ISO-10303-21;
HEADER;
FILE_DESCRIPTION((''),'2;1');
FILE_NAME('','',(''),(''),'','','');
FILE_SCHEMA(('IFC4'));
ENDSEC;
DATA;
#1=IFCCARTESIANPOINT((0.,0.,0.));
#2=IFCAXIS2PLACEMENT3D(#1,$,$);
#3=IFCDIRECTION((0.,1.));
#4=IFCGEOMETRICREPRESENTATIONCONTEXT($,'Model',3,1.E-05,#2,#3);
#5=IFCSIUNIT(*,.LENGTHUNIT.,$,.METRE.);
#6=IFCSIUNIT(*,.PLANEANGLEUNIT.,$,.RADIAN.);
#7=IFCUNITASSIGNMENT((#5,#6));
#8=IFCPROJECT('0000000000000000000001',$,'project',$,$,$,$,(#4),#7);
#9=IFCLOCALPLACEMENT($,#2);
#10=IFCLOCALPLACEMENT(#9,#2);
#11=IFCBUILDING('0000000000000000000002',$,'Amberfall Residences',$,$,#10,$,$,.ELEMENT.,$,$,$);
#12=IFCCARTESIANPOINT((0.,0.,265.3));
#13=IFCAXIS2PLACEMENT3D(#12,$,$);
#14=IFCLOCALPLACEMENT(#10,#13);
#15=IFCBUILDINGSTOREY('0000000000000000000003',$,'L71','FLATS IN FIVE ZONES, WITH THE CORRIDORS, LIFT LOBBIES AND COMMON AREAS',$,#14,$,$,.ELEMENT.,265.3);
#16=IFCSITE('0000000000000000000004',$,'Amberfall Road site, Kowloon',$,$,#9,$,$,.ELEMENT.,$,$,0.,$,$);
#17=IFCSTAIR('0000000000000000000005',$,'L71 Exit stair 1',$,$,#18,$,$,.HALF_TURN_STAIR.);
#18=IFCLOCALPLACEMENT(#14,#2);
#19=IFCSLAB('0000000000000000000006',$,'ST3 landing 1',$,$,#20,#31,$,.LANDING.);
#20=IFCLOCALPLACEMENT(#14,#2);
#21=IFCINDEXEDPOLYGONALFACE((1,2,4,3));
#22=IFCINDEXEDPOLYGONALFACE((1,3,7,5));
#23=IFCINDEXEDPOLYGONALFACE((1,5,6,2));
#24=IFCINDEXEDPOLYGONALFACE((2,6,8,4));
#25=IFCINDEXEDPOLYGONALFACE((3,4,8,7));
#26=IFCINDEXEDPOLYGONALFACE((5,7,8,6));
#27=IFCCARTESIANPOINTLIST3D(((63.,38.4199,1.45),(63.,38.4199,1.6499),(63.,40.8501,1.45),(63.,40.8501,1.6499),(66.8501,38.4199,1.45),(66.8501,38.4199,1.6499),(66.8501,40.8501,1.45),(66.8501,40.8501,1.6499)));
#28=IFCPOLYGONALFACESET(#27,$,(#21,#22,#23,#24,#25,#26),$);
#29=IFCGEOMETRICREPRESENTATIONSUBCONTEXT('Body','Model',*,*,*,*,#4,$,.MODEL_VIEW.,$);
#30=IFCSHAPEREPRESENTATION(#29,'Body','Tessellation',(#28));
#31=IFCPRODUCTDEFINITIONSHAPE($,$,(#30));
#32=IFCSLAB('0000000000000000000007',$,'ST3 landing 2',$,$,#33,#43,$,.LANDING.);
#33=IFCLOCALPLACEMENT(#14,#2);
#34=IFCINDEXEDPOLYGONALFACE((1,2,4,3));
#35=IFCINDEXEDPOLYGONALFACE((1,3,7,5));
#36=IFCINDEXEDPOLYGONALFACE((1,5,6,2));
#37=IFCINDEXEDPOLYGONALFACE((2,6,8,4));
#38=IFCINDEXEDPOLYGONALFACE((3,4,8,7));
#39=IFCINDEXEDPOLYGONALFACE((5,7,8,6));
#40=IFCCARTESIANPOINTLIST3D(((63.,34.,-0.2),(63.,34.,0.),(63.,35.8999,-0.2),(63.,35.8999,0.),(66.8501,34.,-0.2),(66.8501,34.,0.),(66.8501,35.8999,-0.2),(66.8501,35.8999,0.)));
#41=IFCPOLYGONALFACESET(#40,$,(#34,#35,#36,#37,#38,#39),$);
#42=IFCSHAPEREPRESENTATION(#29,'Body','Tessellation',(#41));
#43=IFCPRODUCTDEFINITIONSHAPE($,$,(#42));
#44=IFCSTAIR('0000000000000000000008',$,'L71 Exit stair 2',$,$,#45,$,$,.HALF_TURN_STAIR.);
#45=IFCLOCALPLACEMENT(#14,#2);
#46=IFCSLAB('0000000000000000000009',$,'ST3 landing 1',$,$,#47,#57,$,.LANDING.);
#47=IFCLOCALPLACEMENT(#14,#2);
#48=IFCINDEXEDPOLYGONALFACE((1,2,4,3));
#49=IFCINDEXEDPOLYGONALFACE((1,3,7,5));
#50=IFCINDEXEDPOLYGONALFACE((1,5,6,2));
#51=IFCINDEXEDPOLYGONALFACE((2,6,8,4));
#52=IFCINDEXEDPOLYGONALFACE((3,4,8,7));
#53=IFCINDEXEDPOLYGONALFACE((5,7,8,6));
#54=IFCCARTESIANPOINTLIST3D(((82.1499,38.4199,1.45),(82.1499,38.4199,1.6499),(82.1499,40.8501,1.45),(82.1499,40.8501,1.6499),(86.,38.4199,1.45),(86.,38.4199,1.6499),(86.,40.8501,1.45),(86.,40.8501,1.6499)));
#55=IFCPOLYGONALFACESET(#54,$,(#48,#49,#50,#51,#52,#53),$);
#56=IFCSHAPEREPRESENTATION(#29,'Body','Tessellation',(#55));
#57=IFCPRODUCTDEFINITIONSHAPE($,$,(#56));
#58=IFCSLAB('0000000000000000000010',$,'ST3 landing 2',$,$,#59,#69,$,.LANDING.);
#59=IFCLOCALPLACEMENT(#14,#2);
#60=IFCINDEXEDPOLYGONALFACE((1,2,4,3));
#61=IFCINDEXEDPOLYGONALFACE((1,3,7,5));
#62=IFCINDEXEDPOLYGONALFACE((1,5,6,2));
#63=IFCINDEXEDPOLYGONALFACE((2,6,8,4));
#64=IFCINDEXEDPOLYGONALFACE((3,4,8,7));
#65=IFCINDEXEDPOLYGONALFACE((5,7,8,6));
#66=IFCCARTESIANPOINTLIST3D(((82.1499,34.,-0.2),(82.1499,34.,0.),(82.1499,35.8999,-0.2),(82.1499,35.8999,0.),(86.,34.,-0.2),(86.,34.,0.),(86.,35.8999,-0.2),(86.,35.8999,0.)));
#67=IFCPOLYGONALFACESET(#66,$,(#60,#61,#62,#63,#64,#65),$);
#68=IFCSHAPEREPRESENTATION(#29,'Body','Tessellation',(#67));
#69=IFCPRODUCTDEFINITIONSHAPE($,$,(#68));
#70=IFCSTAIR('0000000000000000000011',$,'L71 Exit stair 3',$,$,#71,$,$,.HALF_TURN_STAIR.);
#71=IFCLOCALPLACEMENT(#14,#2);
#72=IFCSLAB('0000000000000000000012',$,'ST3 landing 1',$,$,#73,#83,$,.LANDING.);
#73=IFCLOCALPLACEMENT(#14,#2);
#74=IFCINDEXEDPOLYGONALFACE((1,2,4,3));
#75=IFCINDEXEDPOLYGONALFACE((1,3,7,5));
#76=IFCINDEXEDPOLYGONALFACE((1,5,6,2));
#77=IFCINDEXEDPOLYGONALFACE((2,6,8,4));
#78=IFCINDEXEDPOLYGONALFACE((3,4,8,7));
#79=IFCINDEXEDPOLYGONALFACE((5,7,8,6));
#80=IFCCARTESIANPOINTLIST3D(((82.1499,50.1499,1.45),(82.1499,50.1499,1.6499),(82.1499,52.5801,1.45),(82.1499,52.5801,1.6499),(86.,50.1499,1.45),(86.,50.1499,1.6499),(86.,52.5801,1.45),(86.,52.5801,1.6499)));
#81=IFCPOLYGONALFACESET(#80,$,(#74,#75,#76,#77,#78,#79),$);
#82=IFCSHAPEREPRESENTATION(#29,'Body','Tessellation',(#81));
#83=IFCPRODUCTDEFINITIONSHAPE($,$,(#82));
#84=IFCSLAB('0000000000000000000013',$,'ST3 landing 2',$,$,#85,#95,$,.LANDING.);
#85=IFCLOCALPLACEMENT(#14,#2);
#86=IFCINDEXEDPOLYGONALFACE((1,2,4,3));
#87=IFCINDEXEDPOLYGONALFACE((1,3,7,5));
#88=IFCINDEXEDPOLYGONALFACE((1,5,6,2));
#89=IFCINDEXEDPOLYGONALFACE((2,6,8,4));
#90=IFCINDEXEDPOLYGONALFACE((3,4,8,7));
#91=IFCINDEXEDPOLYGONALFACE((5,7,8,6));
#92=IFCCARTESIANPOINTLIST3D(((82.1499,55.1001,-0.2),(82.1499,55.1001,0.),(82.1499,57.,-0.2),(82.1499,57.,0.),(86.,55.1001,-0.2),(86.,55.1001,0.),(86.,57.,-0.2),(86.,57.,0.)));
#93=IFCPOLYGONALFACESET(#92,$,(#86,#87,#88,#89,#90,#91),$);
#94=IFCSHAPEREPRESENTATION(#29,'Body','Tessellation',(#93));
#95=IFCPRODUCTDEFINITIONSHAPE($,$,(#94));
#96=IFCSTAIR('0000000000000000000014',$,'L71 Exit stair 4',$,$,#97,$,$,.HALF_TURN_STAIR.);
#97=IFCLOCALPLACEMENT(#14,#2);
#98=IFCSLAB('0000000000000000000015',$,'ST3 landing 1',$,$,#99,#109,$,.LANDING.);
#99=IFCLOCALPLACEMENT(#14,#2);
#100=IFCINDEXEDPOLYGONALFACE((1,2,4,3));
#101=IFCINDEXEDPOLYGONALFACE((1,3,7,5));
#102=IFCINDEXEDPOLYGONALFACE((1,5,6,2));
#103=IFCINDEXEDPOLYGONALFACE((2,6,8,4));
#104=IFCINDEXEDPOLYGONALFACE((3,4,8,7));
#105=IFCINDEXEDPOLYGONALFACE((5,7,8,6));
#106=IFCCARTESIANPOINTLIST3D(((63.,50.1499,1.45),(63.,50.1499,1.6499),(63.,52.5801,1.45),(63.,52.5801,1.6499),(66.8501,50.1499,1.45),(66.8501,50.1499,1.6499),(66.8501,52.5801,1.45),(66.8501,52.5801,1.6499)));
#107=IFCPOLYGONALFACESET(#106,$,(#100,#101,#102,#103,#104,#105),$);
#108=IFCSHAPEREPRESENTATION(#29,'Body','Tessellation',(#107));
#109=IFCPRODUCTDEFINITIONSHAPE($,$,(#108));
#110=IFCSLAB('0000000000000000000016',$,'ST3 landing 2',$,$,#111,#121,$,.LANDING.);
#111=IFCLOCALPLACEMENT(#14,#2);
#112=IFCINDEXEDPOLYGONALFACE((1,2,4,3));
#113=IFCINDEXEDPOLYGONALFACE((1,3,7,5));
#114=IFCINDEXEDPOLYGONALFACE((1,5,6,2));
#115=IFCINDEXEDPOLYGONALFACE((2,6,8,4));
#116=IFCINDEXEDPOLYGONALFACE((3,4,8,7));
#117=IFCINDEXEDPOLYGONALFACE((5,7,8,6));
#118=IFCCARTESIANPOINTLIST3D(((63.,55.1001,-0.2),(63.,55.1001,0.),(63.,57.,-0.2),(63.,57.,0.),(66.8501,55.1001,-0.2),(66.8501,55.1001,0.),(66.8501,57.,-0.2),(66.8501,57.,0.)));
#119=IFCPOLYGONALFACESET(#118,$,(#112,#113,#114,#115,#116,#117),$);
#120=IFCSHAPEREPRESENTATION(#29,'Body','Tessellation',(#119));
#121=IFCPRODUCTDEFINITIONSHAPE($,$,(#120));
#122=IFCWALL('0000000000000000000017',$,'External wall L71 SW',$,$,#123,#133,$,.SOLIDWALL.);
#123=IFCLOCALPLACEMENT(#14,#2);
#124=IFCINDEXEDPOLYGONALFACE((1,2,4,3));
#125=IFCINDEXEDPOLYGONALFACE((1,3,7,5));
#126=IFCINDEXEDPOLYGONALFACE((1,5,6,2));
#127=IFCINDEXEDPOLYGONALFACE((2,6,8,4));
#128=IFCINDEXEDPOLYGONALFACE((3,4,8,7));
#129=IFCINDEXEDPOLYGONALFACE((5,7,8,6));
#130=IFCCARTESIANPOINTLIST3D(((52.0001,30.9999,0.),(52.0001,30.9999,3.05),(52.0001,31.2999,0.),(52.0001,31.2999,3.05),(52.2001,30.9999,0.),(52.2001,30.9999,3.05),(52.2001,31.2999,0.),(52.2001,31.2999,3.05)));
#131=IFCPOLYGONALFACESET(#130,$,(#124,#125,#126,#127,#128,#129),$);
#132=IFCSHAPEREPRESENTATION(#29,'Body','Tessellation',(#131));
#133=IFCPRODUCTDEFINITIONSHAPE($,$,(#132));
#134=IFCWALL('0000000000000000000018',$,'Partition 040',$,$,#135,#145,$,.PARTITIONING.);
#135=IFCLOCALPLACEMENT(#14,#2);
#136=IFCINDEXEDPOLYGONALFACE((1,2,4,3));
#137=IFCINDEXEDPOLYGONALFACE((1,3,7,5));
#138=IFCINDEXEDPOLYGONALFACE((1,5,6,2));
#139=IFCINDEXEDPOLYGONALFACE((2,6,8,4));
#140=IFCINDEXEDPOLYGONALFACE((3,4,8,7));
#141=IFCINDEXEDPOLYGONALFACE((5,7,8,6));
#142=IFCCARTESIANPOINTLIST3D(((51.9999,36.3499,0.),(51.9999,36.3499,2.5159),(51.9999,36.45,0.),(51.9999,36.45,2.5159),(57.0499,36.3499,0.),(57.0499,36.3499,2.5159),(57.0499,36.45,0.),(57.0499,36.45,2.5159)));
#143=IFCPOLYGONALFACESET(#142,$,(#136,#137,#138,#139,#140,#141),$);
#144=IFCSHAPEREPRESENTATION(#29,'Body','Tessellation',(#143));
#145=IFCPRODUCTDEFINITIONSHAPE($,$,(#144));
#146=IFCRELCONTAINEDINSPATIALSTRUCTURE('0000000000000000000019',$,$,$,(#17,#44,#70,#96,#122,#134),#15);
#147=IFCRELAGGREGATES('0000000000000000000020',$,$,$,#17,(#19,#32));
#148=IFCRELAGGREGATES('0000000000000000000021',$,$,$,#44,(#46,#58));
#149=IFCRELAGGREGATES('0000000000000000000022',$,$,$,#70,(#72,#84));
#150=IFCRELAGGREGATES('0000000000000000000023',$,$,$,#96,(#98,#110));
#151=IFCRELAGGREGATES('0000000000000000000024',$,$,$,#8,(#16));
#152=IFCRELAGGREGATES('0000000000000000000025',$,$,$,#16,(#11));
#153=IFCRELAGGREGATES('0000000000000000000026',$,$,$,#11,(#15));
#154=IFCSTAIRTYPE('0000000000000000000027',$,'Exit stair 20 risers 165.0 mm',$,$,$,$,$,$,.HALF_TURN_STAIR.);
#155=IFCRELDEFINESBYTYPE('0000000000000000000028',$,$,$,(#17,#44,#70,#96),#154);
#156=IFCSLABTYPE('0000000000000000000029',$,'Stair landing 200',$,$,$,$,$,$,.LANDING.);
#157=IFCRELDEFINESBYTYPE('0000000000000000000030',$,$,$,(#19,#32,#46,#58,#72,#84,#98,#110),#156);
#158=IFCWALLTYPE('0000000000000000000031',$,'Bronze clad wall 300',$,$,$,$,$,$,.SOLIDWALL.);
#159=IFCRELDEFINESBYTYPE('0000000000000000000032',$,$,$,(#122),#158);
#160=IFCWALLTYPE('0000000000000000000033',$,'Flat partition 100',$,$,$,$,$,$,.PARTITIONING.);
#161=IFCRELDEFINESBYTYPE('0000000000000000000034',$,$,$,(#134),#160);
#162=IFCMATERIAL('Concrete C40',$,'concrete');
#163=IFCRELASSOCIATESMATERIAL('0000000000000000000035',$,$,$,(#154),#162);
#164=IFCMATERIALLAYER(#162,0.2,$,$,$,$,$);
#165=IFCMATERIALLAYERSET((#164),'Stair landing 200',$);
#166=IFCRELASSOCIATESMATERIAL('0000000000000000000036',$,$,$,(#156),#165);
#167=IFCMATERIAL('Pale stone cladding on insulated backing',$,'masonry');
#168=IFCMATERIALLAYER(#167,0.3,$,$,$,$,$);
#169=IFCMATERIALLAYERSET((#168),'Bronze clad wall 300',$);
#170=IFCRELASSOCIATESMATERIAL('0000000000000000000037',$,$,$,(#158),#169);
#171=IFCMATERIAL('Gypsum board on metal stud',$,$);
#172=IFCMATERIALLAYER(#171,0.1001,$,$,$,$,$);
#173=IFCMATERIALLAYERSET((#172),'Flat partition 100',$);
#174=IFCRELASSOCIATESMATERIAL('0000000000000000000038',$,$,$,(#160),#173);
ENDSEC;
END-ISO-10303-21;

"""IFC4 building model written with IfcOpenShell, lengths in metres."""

from ifc_helpers import new_model, si_unit, direction, frame, frame_2d, origin, place, context, subcontext, project, spatial, polyline, rectangle, outline, extrude, material, layer, layer_set, type_object, element, aggregate, save


model = new_model("IFC4")

# Units and contexts
model_context = context("Model", 3, precision=1e-05, world=origin(), true_north=direction((0.0, 1.0)))
body_context = subcontext(model_context, "Body", "Model", "MODEL_VIEW")
ifc_project = project(units=[si_unit("LENGTHUNIT", "METRE"), si_unit("PLANEANGLEUNIT", "RADIAN")], contexts=[model_context])

# Site, building, storey
site_placement = place(None, origin())
site = spatial("IfcSite", under=ifc_project, at=site_placement, Name="Amberfall Road site, Kowloon", CompositionType="ELEMENT", RefElevation=0.0)
building_placement = place(site_placement, origin())
building = spatial("IfcBuilding", under=site, at=building_placement, Name="Amberfall Residences", CompositionType="ELEMENT")
storey_placement = place(building_placement, frame((0.0, 0.0, 265.3)))
storey = spatial("IfcBuildingStorey", under=building, at=storey_placement, Name="L71", Description="FLATS IN FIVE ZONES, WITH THE CORRIDORS, LIFT LOBBIES AND COMMON AREAS", CompositionType="ELEMENT", Elevation=265.3)

# Stairs, slabs
ifc_material_1 = material(Name="Concrete C40", Category="concrete")
stair_type = type_object("IfcStairType", Name="Exit stair 20 risers 165.0 mm", PredefinedType="HALF_TURN_STAIR", material=ifc_material_1)
stair_1_placement = place(storey_placement, origin())
stair_1 = element("IfcStair", 1, at=stair_1_placement, inside=storey, type_object=stair_type, Name="L71 Exit stair 1", PredefinedType="HALF_TURN_STAIR")
ifc_layer_1 = layer(ifc_material_1, 0.2)
ifc_layer_set_1 = layer_set([ifc_layer_1], Name="Stair landing 200")
slab_type_1 = type_object("IfcSlabType", Name="Stair landing 200", PredefinedType="LANDING", material=ifc_layer_set_1)
slab_1_placement = place(storey_placement, frame((0.0, 0.0, 1.45)))
slab_1 = element("IfcSlab", 2, at=slab_1_placement, type_object=slab_type_1, Name="ST3 landing 1", PredefinedType="LANDING", context=body_context, shape_type="SweptSolid", body=[
    extrude(outline(polyline([(66.8501, 38.4199), (66.8501, 40.8501), (63.0, 40.8501), (63.0, 38.4199), (66.8501, 38.4199)])), origin(), (0.0, 0.0, 1.0), 0.2),
])
slab_2_placement = place(storey_placement, frame((0.0, 0.0, -0.2)))
slab_2 = element("IfcSlab", 3, at=slab_2_placement, type_object=slab_type_1, Name="ST3 landing 2", PredefinedType="LANDING", context=body_context, shape_type="SweptSolid", body=[
    extrude(outline(polyline([(66.8501, 34.0), (66.8501, 35.8999), (63.0, 35.8999), (63.0, 34.0), (66.8501, 34.0)])), origin(), (0.0, 0.0, 1.0), 0.2),
])
aggregate(stair_1, [slab_1, slab_2])
stair_2_placement = place(storey_placement, origin())
stair_2 = element("IfcStair", 4, at=stair_2_placement, inside=storey, type_object=stair_type, Name="L71 Exit stair 2", PredefinedType="HALF_TURN_STAIR")
slab_3_placement = place(storey_placement, frame((0.0, 0.0, 1.45)))
slab_3 = element("IfcSlab", 5, at=slab_3_placement, type_object=slab_type_1, Name="ST3 landing 1", PredefinedType="LANDING", context=body_context, shape_type="SweptSolid", body=[
    extrude(outline(polyline([(86.0, 38.4199), (86.0, 40.8501), (82.1499, 40.8501), (82.1499, 38.4199), (86.0, 38.4199)])), origin(), (0.0, 0.0, 1.0), 0.2),
])
slab_4_placement = place(storey_placement, frame((0.0, 0.0, -0.2)))
slab_4 = element("IfcSlab", 6, at=slab_4_placement, type_object=slab_type_1, Name="ST3 landing 2", PredefinedType="LANDING", context=body_context, shape_type="SweptSolid", body=[
    extrude(outline(polyline([(86.0, 34.0), (86.0, 35.8999), (82.1499, 35.8999), (82.1499, 34.0), (86.0, 34.0)])), origin(), (0.0, 0.0, 1.0), 0.2),
])
aggregate(stair_2, [slab_3, slab_4])
stair_3_placement = place(storey_placement, origin())
stair_3 = element("IfcStair", 7, at=stair_3_placement, inside=storey, type_object=stair_type, Name="L71 Exit stair 3", PredefinedType="HALF_TURN_STAIR")
slab_5_placement = place(storey_placement, frame((0.0, 0.0, 1.45)))
slab_5 = element("IfcSlab", 8, at=slab_5_placement, type_object=slab_type_1, Name="ST3 landing 1", PredefinedType="LANDING", context=body_context, shape_type="SweptSolid", body=[
    extrude(outline(polyline([(82.1499, 52.5801), (82.1499, 50.1499), (86.0, 50.1499), (86.0, 52.5801), (82.1499, 52.5801)])), origin(), (0.0, 0.0, 1.0), 0.2),
])
slab_6_placement = place(storey_placement, frame((0.0, 0.0, -0.2)))
slab_6 = element("IfcSlab", 9, at=slab_6_placement, type_object=slab_type_1, Name="ST3 landing 2", PredefinedType="LANDING", context=body_context, shape_type="SweptSolid", body=[
    extrude(outline(polyline([(82.1499, 57.0), (82.1499, 55.1001), (86.0, 55.1001), (86.0, 57.0), (82.1499, 57.0)])), origin(), (0.0, 0.0, 1.0), 0.2),
])
aggregate(stair_3, [slab_5, slab_6])
stair_4_placement = place(storey_placement, origin())
stair_4 = element("IfcStair", 10, at=stair_4_placement, inside=storey, type_object=stair_type, Name="L71 Exit stair 4", PredefinedType="HALF_TURN_STAIR")
slab_7_placement = place(storey_placement, frame((0.0, 0.0, 1.45)))
slab_7 = element("IfcSlab", 11, at=slab_7_placement, type_object=slab_type_1, Name="ST3 landing 1", PredefinedType="LANDING", context=body_context, shape_type="SweptSolid", body=[
    extrude(outline(polyline([(63.0, 52.5801), (63.0, 50.1499), (66.8501, 50.1499), (66.8501, 52.5801), (63.0, 52.5801)])), origin(), (0.0, 0.0, 1.0), 0.2),
])
slab_8_placement = place(storey_placement, frame((0.0, 0.0, -0.2)))
slab_8 = element("IfcSlab", 12, at=slab_8_placement, type_object=slab_type_1, Name="ST3 landing 2", PredefinedType="LANDING", context=body_context, shape_type="SweptSolid", body=[
    extrude(outline(polyline([(63.0, 57.0), (63.0, 55.1001), (66.8501, 55.1001), (66.8501, 57.0), (63.0, 57.0)])), origin(), (0.0, 0.0, 1.0), 0.2),
])
aggregate(stair_4, [slab_7, slab_8])

# Walls
ifc_material_2 = material(Name="Pale stone cladding on insulated backing", Category="masonry")
ifc_layer_2 = layer(ifc_material_2, 0.3)
ifc_layer_set_2 = layer_set([ifc_layer_2], Name="Bronze clad wall 300")
wall_type_1 = type_object("IfcWallType", Name="Bronze clad wall 300", PredefinedType="SOLIDWALL", material=ifc_layer_set_2)
wall_1_placement = place(storey_placement, frame((52.0, 31.1499, 0.0), z_axis=(0.0, 0.0, 1.0), x_axis=(1.0, 0.0, 0.0)))
element("IfcWall", 13, at=wall_1_placement, inside=storey, type_object=wall_type_1, Name="External wall L71 SW", PredefinedType="SOLIDWALL", context=body_context, shape_type="SweptSolid", body=[
    extrude(rectangle(XDim=0.2, YDim=0.3, at=frame_2d((0.1001, 0.0))), origin(), (0.0, 0.0, 1.0), 3.05),
])
ifc_material_3 = material(Name="Gypsum board on metal stud")
ifc_layer_3 = layer(ifc_material_3, 0.1001)
ifc_layer_set_3 = layer_set([ifc_layer_3], Name="Flat partition 100")
wall_type_2 = type_object("IfcWallType", Name="Flat partition 100", PredefinedType="PARTITIONING", material=ifc_layer_set_3)
wall_2_placement = place(storey_placement, frame((52.0, 36.3999, 0.0), z_axis=(0.0, 0.0, 1.0), x_axis=(1.0, 0.0, 0.0)))
element("IfcWall", 14, at=wall_2_placement, inside=storey, type_object=wall_type_2, Name="Partition 040", PredefinedType="PARTITIONING", context=body_context, shape_type="SweptSolid", body=[
    extrude(rectangle(XDim=5.05, YDim=0.1001, at=frame_2d((2.5249, 0.0))), origin(), (0.0, 0.0, 1.0), 2.5159),
])

save(model, "model.ifc")
